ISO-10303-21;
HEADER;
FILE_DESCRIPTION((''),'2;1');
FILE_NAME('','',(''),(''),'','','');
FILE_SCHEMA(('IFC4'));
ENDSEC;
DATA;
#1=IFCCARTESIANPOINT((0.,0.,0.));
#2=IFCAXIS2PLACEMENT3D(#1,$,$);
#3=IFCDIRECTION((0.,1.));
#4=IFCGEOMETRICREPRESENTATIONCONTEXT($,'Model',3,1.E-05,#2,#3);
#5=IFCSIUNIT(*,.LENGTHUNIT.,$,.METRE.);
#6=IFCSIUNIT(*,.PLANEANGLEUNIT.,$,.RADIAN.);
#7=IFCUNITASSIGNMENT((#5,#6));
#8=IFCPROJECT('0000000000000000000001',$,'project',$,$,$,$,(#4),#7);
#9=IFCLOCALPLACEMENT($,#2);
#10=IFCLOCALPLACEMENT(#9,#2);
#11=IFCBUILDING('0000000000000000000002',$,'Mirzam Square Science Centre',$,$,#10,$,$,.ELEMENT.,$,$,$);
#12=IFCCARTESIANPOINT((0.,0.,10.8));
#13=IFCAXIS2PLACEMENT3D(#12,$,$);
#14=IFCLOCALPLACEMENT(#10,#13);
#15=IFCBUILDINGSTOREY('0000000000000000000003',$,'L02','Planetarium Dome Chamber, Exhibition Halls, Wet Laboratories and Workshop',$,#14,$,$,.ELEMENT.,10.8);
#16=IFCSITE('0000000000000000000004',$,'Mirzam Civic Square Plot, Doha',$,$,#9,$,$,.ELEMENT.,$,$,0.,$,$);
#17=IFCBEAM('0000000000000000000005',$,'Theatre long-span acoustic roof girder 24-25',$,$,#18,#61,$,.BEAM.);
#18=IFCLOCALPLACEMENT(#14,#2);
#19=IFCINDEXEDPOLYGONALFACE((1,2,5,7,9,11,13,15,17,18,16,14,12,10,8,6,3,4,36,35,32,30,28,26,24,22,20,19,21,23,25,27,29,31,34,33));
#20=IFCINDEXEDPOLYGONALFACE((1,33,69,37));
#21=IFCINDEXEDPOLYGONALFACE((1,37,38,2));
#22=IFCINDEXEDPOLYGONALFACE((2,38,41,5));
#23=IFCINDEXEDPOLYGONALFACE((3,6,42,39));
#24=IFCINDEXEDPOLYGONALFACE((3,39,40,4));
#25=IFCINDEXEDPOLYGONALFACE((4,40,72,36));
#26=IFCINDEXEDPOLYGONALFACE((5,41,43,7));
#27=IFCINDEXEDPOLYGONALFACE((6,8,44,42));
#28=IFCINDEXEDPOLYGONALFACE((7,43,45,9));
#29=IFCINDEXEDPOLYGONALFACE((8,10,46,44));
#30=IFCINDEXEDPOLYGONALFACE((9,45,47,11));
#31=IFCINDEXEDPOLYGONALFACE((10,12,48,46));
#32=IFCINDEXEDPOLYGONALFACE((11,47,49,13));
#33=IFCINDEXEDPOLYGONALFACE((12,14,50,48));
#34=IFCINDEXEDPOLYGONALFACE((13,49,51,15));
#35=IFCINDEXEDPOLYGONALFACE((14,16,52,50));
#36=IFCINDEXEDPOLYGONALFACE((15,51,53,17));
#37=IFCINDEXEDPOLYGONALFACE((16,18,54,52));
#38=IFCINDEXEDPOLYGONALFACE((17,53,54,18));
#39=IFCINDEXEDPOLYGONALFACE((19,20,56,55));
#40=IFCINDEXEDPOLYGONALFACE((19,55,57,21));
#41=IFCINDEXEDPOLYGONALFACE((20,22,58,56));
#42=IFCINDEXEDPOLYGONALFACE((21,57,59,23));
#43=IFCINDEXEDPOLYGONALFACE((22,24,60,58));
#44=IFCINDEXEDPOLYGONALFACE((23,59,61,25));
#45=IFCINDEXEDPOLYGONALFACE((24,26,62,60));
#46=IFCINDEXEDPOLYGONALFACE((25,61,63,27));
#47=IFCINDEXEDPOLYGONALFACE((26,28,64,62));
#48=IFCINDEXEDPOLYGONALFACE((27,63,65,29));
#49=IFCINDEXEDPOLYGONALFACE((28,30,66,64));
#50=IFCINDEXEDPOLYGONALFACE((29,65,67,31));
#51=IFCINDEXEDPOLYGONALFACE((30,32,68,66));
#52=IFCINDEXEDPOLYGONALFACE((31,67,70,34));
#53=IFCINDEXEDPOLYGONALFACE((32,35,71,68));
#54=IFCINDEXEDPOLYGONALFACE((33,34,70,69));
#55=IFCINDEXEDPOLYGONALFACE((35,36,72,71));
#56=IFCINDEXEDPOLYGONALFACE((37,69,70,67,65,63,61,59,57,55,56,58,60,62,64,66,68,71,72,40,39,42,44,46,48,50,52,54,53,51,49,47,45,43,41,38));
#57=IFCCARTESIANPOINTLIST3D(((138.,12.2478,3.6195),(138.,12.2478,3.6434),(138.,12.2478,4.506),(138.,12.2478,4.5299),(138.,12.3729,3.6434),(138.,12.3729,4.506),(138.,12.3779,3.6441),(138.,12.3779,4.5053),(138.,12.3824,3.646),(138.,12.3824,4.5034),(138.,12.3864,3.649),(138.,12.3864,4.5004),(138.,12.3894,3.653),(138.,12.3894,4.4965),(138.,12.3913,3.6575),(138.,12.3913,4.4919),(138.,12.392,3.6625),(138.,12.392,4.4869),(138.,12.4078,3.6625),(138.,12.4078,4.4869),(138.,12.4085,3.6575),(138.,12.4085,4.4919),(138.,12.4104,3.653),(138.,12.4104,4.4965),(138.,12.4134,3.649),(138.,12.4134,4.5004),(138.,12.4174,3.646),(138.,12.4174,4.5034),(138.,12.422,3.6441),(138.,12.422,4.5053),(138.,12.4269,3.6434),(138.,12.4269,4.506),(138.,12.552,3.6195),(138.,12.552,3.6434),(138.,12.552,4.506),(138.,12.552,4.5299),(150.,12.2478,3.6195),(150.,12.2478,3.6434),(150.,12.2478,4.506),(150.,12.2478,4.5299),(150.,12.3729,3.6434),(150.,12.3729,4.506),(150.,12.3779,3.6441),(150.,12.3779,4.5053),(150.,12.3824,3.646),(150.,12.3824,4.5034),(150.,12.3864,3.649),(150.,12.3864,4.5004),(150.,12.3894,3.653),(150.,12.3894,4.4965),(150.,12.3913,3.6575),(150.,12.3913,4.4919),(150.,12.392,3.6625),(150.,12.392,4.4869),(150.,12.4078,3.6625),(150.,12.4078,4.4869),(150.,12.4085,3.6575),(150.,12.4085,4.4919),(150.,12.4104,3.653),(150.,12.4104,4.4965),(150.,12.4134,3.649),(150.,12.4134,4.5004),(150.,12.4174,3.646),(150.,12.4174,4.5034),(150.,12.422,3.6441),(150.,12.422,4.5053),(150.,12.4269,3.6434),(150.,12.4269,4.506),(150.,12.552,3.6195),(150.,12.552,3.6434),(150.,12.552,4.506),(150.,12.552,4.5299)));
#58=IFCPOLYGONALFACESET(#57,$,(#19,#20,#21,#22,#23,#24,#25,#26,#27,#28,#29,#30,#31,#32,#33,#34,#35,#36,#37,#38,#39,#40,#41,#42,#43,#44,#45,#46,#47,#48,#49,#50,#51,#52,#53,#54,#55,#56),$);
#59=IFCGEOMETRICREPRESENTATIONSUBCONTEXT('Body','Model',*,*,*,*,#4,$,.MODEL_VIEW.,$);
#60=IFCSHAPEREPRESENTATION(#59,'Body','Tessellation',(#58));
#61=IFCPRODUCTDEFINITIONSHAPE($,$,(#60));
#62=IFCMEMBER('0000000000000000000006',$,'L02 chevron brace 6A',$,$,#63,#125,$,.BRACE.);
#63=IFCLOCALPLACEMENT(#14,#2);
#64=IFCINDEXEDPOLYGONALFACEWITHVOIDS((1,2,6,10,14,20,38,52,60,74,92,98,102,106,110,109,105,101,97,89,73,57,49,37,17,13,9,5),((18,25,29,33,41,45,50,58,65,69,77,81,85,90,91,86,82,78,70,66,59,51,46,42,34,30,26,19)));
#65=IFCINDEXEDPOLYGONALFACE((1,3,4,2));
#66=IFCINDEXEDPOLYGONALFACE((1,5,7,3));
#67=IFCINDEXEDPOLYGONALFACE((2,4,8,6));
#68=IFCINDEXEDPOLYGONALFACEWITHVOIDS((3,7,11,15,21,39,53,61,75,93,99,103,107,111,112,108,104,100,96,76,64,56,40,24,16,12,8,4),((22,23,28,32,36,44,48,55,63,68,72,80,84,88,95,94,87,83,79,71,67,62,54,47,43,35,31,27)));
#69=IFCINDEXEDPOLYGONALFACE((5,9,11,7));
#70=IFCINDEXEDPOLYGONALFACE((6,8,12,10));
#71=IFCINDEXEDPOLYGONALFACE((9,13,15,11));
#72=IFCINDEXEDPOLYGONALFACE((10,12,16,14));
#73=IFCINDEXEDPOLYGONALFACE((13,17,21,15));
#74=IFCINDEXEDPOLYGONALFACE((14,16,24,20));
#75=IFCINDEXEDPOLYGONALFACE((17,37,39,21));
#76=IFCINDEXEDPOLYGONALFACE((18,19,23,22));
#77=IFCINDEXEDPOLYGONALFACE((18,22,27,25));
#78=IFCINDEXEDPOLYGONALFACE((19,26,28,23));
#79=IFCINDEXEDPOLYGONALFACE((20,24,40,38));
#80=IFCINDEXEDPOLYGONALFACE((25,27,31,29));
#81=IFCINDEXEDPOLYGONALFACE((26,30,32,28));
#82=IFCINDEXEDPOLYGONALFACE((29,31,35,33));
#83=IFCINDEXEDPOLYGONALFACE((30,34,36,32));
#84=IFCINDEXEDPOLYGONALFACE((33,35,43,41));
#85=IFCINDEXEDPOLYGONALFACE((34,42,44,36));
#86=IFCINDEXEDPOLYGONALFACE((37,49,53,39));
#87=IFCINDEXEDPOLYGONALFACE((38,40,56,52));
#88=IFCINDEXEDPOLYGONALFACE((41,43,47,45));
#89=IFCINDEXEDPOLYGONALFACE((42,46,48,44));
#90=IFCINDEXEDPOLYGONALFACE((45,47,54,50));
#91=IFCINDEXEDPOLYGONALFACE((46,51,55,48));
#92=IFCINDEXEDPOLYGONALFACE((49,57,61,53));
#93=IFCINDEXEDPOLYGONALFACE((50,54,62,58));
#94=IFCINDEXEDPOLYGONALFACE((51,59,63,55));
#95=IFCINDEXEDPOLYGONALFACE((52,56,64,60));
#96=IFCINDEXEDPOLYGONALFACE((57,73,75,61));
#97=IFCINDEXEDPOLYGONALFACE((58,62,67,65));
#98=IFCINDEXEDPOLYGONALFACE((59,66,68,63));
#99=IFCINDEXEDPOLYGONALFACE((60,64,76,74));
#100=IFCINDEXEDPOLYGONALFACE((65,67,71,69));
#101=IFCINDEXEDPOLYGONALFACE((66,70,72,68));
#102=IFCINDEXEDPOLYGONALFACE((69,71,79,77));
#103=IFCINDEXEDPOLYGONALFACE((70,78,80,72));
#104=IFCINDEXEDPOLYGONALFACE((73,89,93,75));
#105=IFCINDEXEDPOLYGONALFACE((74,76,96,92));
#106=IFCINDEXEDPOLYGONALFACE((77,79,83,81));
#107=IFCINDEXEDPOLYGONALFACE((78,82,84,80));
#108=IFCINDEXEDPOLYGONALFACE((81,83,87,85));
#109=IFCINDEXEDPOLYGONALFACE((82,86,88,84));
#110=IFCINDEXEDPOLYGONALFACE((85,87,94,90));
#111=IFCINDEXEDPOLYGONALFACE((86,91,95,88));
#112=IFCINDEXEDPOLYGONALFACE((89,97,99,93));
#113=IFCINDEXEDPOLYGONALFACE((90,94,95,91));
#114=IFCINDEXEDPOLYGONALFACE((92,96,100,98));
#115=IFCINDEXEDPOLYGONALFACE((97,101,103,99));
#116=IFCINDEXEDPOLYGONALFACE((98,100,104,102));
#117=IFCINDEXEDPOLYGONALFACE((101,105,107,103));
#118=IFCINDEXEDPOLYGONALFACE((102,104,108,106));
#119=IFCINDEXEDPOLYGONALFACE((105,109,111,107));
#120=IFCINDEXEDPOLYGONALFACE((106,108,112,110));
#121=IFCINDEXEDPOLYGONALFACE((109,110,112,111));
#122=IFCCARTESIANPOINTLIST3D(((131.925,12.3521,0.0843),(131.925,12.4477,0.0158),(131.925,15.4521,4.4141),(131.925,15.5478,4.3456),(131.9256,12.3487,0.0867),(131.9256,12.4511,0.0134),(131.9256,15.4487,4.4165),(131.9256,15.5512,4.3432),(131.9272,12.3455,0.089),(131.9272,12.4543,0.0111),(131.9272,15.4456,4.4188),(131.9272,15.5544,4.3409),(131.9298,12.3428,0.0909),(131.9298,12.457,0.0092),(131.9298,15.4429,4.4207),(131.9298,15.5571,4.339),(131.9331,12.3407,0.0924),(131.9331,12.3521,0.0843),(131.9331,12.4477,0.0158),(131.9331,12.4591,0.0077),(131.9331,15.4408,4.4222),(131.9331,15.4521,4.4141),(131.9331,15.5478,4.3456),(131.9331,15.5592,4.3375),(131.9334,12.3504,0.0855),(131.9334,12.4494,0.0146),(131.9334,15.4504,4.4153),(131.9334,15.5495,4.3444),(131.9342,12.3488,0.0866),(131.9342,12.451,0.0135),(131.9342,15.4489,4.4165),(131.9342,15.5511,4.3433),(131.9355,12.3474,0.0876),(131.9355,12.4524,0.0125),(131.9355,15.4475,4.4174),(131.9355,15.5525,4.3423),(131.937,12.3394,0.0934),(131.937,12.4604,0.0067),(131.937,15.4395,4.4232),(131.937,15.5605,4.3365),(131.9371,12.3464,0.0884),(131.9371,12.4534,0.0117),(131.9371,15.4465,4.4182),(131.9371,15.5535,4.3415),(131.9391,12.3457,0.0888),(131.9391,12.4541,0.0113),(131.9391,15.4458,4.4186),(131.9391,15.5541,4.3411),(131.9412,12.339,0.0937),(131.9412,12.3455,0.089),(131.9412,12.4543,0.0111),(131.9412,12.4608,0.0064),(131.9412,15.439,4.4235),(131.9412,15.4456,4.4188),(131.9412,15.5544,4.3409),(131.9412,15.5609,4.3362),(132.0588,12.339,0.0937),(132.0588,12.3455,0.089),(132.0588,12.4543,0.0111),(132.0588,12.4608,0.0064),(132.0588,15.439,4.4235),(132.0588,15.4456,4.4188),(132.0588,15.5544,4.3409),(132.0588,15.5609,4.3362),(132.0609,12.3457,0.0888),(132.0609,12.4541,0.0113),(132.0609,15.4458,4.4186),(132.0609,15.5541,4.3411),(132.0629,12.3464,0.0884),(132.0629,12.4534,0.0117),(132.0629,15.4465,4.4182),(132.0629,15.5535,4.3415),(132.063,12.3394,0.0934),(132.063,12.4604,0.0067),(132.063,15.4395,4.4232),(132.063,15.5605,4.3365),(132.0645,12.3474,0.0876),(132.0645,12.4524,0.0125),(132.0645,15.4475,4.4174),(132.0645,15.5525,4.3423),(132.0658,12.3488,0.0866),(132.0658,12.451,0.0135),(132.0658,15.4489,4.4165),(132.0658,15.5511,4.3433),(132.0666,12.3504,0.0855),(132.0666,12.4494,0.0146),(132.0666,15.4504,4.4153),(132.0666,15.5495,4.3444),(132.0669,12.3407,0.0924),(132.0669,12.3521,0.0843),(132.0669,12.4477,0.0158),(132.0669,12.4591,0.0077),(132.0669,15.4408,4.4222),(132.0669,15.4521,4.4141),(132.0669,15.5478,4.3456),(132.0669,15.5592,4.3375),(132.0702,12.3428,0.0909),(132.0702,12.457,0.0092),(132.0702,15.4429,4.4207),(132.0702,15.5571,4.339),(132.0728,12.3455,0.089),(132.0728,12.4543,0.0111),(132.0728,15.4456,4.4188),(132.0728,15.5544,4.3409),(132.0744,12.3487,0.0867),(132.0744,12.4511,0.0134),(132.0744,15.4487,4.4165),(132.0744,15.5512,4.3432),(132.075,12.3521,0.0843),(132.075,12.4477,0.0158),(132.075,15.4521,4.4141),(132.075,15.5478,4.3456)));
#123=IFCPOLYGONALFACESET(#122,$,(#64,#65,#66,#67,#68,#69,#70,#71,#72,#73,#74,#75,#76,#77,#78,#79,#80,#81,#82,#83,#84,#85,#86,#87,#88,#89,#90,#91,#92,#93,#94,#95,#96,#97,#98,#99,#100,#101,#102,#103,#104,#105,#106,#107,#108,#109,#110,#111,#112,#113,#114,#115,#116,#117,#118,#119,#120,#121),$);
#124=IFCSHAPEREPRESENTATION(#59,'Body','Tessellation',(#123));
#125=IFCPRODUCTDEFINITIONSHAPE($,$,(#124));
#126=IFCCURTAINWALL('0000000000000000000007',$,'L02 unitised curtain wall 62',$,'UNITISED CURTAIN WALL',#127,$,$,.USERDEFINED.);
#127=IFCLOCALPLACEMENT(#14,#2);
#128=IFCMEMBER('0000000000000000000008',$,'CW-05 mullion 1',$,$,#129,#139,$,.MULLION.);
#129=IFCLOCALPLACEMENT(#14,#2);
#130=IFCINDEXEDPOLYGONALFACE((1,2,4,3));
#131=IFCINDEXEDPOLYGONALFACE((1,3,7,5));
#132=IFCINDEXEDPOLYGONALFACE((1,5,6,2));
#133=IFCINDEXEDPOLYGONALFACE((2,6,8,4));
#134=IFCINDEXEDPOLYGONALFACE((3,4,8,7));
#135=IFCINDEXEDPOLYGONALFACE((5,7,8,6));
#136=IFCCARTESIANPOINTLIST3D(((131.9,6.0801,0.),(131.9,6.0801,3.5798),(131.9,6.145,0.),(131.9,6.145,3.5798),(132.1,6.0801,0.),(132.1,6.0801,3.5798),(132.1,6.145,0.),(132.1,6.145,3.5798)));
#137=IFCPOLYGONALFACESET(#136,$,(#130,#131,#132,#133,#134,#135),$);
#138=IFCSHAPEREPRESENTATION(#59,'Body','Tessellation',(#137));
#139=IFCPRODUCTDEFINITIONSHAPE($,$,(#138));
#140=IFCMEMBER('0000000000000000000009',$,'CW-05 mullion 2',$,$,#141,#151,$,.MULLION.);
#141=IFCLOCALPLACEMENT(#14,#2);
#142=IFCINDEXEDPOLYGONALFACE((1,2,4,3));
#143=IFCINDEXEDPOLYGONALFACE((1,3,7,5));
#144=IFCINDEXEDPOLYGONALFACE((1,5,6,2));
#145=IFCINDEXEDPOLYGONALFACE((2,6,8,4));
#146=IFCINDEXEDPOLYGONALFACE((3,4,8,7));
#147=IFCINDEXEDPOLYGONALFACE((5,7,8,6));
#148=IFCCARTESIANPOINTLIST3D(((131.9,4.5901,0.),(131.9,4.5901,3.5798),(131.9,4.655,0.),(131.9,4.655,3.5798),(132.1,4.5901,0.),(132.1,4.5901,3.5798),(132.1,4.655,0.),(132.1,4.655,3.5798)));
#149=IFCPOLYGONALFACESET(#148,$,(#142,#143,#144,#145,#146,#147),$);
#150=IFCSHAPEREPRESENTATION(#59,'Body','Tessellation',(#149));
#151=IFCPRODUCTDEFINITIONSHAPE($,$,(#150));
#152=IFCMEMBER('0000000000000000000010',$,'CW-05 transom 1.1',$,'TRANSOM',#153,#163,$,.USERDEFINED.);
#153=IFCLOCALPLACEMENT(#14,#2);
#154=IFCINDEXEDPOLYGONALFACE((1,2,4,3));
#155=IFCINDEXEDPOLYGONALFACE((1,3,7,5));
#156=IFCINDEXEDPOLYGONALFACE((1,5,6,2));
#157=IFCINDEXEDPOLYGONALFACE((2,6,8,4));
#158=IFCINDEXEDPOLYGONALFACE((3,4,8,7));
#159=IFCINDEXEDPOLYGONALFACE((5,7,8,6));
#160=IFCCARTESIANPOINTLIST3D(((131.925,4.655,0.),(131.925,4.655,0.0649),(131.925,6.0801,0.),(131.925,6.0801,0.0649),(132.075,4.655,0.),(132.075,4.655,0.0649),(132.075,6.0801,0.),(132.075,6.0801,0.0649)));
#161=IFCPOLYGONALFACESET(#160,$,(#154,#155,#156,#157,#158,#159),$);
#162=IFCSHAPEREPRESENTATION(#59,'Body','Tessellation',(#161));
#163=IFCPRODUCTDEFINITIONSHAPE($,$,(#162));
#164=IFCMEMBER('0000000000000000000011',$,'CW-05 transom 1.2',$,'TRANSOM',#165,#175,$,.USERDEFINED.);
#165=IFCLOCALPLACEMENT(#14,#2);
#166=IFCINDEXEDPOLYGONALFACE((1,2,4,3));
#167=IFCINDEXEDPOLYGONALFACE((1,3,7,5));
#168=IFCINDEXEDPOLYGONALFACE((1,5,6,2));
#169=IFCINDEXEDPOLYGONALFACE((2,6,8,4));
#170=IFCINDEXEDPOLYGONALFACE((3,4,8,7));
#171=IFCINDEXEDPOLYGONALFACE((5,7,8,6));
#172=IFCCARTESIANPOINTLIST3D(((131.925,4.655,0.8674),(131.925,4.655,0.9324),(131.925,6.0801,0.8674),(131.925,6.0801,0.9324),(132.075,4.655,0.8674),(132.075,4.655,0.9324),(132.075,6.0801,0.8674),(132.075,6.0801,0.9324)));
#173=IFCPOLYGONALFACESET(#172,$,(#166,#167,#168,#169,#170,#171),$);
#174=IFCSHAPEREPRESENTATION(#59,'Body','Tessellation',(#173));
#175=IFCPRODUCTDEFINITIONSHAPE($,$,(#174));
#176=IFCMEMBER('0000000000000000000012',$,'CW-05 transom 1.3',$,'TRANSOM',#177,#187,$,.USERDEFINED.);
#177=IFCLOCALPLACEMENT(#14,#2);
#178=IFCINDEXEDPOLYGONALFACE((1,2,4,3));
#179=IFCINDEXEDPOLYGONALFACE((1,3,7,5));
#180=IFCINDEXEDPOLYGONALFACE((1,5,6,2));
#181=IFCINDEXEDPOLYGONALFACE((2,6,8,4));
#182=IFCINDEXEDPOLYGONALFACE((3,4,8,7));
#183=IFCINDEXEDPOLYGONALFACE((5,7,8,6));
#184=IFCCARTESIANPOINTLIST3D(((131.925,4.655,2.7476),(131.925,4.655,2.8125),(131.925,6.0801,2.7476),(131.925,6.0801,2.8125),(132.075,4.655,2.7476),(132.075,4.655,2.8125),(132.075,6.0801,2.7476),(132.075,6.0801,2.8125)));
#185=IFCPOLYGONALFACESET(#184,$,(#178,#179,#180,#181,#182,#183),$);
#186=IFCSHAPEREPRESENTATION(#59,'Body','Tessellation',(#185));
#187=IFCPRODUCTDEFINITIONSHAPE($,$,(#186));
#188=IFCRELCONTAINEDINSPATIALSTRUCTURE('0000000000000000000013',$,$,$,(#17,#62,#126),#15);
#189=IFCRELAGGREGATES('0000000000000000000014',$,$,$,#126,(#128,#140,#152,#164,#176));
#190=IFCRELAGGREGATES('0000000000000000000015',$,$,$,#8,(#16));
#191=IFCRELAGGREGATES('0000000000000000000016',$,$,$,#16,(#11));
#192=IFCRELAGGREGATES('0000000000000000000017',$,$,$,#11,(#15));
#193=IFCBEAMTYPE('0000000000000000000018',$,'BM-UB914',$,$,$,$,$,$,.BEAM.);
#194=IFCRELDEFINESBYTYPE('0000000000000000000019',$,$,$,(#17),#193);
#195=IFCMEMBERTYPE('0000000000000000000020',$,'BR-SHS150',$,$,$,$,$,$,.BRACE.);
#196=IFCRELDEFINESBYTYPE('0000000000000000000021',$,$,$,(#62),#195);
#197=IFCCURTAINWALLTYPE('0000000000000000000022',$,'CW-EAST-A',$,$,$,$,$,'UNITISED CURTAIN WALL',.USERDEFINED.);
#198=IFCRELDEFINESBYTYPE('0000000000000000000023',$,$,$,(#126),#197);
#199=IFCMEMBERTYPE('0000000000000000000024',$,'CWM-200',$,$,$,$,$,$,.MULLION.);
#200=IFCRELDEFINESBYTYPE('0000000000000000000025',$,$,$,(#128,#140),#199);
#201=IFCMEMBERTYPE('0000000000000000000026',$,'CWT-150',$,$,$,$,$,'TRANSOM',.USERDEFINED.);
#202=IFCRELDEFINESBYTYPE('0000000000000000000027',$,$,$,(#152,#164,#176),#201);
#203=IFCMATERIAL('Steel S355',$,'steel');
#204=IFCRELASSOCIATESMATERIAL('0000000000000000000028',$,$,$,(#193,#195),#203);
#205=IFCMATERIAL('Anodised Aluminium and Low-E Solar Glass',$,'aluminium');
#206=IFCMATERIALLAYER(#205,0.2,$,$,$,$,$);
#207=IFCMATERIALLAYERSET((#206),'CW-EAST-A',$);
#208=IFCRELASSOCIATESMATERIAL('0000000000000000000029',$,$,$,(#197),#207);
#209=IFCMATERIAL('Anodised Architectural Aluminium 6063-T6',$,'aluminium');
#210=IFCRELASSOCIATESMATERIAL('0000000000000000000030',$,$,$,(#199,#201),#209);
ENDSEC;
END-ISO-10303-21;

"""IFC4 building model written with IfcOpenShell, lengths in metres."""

from ifc_helpers import new_model, si_unit, direction, frame, origin, origin_2d, place, context, subcontext, project, spatial, rectangle, hollow_rectangle, i_section, extrude, material, layer, layer_set, material_profile, profile_set, type_object, element, aggregate, save


model = new_model("IFC4")

# Units and contexts
model_context = context("Model", 3, precision=1e-05, world=origin(), true_north=direction((0.0, 1.0)))
body_context = subcontext(model_context, "Body", "Model", "MODEL_VIEW")
ifc_project = project(units=[si_unit("LENGTHUNIT", "METRE"), si_unit("PLANEANGLEUNIT", "RADIAN")], contexts=[model_context])

# Site, building, storey
site_placement = place(None, origin())
site = spatial("IfcSite", under=ifc_project, at=site_placement, Name="Mirzam Civic Square Plot, Doha", CompositionType="ELEMENT", RefElevation=0.0)
building_placement = place(site_placement, origin())
building = spatial("IfcBuilding", under=site, at=building_placement, Name="Mirzam Square Science Centre", CompositionType="ELEMENT")
storey_placement = place(building_placement, frame((0.0, 0.0, 10.8)))
storey = spatial("IfcBuildingStorey", under=building, at=storey_placement, Name="L02", Description="Planetarium Dome Chamber, Exhibition Halls, Wet Laboratories and Workshop", CompositionType="ELEMENT", Elevation=10.8)

# Shared definitions
ifc_material_1 = material(Name="Steel S355", Category="steel")

# Beam
ifc_material_profile_1 = material_profile(ifc_material_1, i_section(OverallWidth=0.3042, OverallDepth=0.9104, WebThickness=0.0159, FlangeThickness=0.0239, FilletRadius=0.019, at=origin_2d()), Name="914x305x224UB")
ifc_profile_set_1 = profile_set([ifc_material_profile_1], Name="Steel S355")
beam_type_1 = type_object("IfcBeamType", Name="BM-UB914", PredefinedType="BEAM", material=ifc_profile_set_1)
beam_1_placement = place(storey_placement, frame((138.0, 12.3999, 4.0747), z_axis=(1.0, 0.0, 0.0), x_axis=(0.0, 1.0, 0.0)))
element("IfcBeam", 1, at=beam_1_placement, inside=storey, type_object=beam_type_1, Name="Theatre long-span acoustic roof girder 24-25", PredefinedType="BEAM", context=body_context, shape_type="SweptSolid", body=[
    extrude(i_section(OverallWidth=0.3042, OverallDepth=0.9104, WebThickness=0.0159, FlangeThickness=0.0239, FilletRadius=0.019, at=origin_2d()), origin(), (0.0, 0.0, 1.0), 12.0),
])

# Member
ifc_material_profile_2 = material_profile(ifc_material_1, hollow_rectangle(XDim=0.1499, YDim=0.1499, WallThickness=0.0081, InnerFilletRadius=0.0081, OuterFilletRadius=0.0161, at=origin_2d()), Name="150x150x8.0SHS")
ifc_profile_set_2 = profile_set([ifc_material_profile_2], Name="Steel S355")
member_type_1 = type_object("IfcMemberType", Name="BR-SHS150", PredefinedType="BRACE", material=ifc_profile_set_2)
member_1_placement = place(storey_placement, frame((132.0, 12.3999, 0.05), z_axis=(0.0, 0.582153, 0.813079), x_axis=(-1.0, 0.0, 0.0)))
element("IfcMember", 2, at=member_1_placement, inside=storey, type_object=member_type_1, Name="L02 chevron brace 6A", PredefinedType="BRACE", context=body_context, shape_type="SweptSolid", body=[
    extrude(hollow_rectangle(XDim=0.1499, YDim=0.1499, WallThickness=0.0081, InnerFilletRadius=0.0081, OuterFilletRadius=0.0161, at=origin_2d()), origin(), (0.0, 0.0, 1.0), 5.3252),
])

# Curtain wall, members
ifc_material_2 = material(Name="Anodised Aluminium and Low-E Solar Glass", Category="aluminium")
ifc_layer_1 = layer(ifc_material_2, 0.2)
ifc_layer_set_1 = layer_set([ifc_layer_1], Name="CW-EAST-A")
curtain_wall_type = type_object("IfcCurtainWallType", Name="CW-EAST-A", ElementType="UNITISED CURTAIN WALL", PredefinedType="USERDEFINED", material=ifc_layer_set_1)
curtain_wall_placement = place(storey_placement, origin())
curtain_wall = element("IfcCurtainWall", 3, at=curtain_wall_placement, inside=storey, type_object=curtain_wall_type, Name="L02 unitised curtain wall 62", ObjectType="UNITISED CURTAIN WALL", PredefinedType="USERDEFINED")
ifc_material_3 = material(Name="Anodised Architectural Aluminium 6063-T6", Category="aluminium")
ifc_material_profile_3 = material_profile(ifc_material_3, rectangle(XDim=0.0649, YDim=0.2, at=origin_2d()), Name="ALU-MULL-200x65x5")
ifc_profile_set_3 = profile_set([ifc_material_profile_3], Name="Anodised Architectural Aluminium 6063-T6")
member_type_2 = type_object("IfcMemberType", Name="CWM-200", PredefinedType="MULLION", material=ifc_profile_set_3)
member_2_placement = place(storey_placement, frame((132.0, 6.1125, 0.0), z_axis=(0.0, 0.0, 1.0), x_axis=(0.0, -1.0, 0.0)))
member_2 = element("IfcMember", 4, at=member_2_placement, type_object=member_type_2, Name="CW-05 mullion 1", PredefinedType="MULLION", context=body_context, shape_type="SweptSolid", body=[
    extrude(rectangle(XDim=0.0649, YDim=0.2, at=origin_2d()), origin(), (0.0, 0.0, 1.0), 3.5798),
])
member_3_placement = place(storey_placement, frame((132.0, 4.6226, 0.0), z_axis=(0.0, 0.0, 1.0), x_axis=(0.0, -1.0, 0.0)))
member_3 = element("IfcMember", 5, at=member_3_placement, type_object=member_type_2, Name="CW-05 mullion 2", PredefinedType="MULLION", context=body_context, shape_type="SweptSolid", body=[
    extrude(rectangle(XDim=0.0649, YDim=0.2, at=origin_2d()), origin(), (0.0, 0.0, 1.0), 3.5798),
])
ifc_material_profile_4 = material_profile(ifc_material_3, rectangle(XDim=0.1499, YDim=0.0649, at=origin_2d()), Name="ALU-TRAN-150x65x4")
ifc_profile_set_4 = profile_set([ifc_material_profile_4], Name="Anodised Architectural Aluminium 6063-T6")
member_type_3 = type_object("IfcMemberType", Name="CWT-150", ElementType="TRANSOM", PredefinedType="USERDEFINED", material=ifc_profile_set_4)
member_4_placement = place(storey_placement, frame((132.0, 6.0801, 0.0325), z_axis=(0.0, -1.0, 0.0), x_axis=(1.0, 0.0, 0.0)))
member_4 = element("IfcMember", 6, at=member_4_placement, type_object=member_type_3, Name="CW-05 transom 1.1", ObjectType="TRANSOM", PredefinedType="USERDEFINED", context=body_context, shape_type="SweptSolid", body=[
    extrude(rectangle(XDim=0.1499, YDim=0.0649, at=origin_2d()), origin(), (0.0, 0.0, 1.0), 1.425),
])
member_5_placement = place(storey_placement, frame((132.0, 6.0801, 0.8999), z_axis=(0.0, -1.0, 0.0), x_axis=(1.0, 0.0, 0.0)))
member_5 = element("IfcMember", 7, at=member_5_placement, type_object=member_type_3, Name="CW-05 transom 1.2", ObjectType="TRANSOM", PredefinedType="USERDEFINED", context=body_context, shape_type="SweptSolid", body=[
    extrude(rectangle(XDim=0.1499, YDim=0.0649, at=origin_2d()), origin(), (0.0, 0.0, 1.0), 1.425),
])
member_6_placement = place(storey_placement, frame((132.0, 6.0801, 2.78), z_axis=(0.0, -1.0, 0.0), x_axis=(1.0, 0.0, 0.0)))
member_6 = element("IfcMember", 8, at=member_6_placement, type_object=member_type_3, Name="CW-05 transom 1.3", ObjectType="TRANSOM", PredefinedType="USERDEFINED", context=body_context, shape_type="SweptSolid", body=[
    extrude(rectangle(XDim=0.1499, YDim=0.0649, at=origin_2d()), origin(), (0.0, 0.0, 1.0), 1.425),
])

aggregate(curtain_wall, [member_2, member_3, member_4, member_5, member_6])

save(model, "model.ifc")
